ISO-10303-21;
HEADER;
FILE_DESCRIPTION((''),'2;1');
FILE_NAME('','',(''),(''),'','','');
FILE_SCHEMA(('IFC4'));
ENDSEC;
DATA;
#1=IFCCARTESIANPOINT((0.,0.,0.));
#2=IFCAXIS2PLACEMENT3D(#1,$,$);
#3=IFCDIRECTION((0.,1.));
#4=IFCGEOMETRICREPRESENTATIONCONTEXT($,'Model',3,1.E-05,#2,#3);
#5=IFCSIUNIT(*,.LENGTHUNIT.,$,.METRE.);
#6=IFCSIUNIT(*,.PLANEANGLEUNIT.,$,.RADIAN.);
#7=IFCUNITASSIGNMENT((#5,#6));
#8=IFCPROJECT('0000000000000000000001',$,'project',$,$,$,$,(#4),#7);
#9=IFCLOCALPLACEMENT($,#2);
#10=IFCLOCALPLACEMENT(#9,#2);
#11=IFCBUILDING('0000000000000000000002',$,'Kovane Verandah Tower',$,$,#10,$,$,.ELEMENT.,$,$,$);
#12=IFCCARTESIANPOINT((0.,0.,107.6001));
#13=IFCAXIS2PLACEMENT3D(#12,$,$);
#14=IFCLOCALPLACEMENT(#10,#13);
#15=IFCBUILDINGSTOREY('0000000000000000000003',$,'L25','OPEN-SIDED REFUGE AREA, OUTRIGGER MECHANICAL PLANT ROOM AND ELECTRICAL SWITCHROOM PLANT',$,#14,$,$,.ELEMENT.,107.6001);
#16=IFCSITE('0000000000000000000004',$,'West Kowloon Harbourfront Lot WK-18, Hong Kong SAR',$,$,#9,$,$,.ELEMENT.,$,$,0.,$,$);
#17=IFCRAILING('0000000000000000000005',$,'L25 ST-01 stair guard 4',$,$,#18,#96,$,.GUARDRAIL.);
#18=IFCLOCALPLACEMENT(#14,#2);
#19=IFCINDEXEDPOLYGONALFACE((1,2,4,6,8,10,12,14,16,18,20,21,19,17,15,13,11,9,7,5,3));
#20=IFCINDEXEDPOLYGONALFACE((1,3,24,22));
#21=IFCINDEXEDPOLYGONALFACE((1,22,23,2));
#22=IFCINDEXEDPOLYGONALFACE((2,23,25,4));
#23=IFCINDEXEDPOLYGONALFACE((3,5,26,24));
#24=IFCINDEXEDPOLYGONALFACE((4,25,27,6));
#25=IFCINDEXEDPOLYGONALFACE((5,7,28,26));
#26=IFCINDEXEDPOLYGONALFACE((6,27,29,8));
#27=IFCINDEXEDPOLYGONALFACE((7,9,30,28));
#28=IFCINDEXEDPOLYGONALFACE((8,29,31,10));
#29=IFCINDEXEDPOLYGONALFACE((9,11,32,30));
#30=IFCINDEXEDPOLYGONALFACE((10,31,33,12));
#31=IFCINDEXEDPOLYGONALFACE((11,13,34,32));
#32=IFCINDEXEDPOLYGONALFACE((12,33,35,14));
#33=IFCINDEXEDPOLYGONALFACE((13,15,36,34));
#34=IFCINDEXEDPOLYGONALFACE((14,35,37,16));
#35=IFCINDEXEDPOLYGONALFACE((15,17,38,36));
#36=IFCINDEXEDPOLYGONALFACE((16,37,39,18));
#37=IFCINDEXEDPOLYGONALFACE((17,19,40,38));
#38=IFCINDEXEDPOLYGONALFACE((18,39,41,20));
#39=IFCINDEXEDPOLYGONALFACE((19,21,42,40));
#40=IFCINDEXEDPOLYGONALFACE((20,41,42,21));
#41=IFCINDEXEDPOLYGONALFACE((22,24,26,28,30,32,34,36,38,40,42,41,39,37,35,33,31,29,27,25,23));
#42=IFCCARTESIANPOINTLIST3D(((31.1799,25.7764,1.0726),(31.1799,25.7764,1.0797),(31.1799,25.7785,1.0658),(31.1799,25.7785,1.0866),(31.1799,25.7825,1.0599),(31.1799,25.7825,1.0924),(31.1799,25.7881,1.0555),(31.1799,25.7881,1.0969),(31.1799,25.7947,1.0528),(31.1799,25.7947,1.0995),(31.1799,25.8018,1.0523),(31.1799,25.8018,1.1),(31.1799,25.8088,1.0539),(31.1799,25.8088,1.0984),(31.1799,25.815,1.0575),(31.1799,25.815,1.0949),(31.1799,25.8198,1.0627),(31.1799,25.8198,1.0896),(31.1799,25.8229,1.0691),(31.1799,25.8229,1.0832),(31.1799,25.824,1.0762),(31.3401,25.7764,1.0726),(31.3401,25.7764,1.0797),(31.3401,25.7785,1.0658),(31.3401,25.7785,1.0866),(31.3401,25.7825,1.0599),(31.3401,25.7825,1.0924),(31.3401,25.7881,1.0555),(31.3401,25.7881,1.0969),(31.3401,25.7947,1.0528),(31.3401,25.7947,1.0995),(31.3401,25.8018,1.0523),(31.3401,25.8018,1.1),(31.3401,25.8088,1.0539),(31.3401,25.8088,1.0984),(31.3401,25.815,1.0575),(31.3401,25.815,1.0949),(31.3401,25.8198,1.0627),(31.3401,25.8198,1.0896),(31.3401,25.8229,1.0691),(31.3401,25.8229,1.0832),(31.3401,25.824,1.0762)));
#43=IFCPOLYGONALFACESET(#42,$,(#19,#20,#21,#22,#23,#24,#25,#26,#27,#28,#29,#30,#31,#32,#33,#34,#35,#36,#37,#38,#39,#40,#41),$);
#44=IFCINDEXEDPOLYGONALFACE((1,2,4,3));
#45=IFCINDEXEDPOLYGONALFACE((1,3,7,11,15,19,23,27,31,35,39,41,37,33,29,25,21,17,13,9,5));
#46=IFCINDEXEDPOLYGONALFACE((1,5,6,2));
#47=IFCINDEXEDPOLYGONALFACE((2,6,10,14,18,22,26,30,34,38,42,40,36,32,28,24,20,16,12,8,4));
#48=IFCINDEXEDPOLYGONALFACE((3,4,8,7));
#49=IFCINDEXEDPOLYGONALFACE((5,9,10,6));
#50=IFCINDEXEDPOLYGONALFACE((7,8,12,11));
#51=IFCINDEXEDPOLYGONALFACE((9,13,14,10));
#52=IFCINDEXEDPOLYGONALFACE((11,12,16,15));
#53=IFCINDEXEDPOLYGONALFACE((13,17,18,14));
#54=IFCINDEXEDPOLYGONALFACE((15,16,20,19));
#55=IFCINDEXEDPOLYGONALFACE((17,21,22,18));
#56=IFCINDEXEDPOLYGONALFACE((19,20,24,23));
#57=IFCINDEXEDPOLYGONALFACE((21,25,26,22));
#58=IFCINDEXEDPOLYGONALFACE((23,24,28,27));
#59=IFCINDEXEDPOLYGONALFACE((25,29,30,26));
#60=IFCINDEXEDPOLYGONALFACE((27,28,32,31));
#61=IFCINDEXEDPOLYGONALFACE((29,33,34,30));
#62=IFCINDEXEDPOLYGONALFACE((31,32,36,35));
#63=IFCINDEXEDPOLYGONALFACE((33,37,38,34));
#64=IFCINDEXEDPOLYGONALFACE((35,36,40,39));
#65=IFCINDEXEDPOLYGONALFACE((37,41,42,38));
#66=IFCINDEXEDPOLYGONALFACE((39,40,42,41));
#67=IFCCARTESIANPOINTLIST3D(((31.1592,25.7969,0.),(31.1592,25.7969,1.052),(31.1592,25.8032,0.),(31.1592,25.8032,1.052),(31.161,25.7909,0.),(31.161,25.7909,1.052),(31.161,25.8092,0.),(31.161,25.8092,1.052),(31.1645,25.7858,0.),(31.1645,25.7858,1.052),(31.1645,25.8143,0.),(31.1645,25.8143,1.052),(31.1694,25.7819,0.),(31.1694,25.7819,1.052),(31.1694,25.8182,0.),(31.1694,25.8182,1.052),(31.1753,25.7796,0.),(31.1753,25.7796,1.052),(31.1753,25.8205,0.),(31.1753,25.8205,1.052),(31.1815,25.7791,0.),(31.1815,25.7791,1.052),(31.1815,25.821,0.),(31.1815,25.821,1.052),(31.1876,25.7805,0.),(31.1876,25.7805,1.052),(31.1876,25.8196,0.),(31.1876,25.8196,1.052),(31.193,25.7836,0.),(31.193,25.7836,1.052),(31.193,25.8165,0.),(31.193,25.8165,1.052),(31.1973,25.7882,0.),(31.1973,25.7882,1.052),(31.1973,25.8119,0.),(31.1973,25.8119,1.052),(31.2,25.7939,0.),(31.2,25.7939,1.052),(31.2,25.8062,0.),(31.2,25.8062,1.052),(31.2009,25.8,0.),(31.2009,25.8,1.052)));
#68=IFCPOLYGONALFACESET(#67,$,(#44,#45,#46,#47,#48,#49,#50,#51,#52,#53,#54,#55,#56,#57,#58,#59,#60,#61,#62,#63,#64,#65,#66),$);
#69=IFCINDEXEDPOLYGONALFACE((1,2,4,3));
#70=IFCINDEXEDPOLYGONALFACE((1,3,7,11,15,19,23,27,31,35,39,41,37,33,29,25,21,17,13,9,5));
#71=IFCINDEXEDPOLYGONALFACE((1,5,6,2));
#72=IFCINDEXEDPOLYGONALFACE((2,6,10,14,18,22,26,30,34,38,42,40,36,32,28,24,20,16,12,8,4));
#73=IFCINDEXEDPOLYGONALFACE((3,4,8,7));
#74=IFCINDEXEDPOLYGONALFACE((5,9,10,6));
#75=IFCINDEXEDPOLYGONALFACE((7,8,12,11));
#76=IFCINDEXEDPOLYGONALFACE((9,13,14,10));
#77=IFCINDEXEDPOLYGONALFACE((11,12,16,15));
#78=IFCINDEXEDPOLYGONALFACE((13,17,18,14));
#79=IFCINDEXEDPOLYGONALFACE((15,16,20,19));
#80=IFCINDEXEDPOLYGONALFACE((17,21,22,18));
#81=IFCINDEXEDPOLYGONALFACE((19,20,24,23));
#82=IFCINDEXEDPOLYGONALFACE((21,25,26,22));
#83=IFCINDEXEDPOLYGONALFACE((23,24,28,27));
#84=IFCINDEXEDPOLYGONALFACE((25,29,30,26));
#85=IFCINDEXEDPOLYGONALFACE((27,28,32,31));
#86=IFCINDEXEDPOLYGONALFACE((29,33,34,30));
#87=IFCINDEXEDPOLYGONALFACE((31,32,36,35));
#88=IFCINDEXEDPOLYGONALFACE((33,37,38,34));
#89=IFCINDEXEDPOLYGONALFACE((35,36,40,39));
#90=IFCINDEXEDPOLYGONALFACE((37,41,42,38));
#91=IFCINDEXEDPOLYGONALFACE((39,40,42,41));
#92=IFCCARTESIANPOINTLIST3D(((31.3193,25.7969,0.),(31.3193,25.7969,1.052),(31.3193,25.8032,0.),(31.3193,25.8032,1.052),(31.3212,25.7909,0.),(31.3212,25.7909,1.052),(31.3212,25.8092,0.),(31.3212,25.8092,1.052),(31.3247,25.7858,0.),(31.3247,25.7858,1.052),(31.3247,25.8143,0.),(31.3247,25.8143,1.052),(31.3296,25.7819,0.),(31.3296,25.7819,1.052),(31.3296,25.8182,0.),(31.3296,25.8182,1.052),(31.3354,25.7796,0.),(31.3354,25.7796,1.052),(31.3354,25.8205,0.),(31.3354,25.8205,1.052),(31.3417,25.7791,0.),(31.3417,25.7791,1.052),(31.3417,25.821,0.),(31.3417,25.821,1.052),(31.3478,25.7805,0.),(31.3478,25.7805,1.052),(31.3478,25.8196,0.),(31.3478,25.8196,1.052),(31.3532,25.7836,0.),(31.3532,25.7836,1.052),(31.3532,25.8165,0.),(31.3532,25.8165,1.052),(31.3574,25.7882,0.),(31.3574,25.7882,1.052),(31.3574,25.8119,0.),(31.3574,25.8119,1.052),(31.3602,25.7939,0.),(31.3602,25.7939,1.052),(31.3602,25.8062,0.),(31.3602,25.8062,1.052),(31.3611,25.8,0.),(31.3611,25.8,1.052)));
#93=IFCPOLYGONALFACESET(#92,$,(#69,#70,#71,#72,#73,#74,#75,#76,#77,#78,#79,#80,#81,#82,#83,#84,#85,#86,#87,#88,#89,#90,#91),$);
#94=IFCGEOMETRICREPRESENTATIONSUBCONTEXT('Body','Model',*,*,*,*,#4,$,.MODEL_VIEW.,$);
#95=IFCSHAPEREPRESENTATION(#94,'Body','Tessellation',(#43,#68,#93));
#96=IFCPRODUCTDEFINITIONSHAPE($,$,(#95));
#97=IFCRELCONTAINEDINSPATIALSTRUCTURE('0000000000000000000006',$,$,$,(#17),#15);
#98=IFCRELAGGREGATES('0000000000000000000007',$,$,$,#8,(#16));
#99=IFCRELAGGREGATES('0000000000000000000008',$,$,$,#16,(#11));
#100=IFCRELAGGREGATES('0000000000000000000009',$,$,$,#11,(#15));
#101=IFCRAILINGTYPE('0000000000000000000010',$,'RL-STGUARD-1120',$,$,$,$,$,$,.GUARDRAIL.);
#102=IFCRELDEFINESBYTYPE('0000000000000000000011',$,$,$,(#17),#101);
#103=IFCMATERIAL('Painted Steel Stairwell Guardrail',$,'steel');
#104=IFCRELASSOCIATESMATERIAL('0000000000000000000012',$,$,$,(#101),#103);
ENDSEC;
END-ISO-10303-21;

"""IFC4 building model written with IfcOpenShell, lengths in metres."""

from ifc_helpers import new_model, si_unit, direction, frame, origin, origin_2d, place, context, subcontext, project, spatial, circle, extrude, material, type_object, element, save


model = new_model("IFC4")

# Units and contexts
model_context = context("Model", 3, precision=1e-05, world=origin(), true_north=direction((0.0, 1.0)))
body_context = subcontext(model_context, "Body", "Model", "MODEL_VIEW")
ifc_project = project(units=[si_unit("LENGTHUNIT", "METRE"), si_unit("PLANEANGLEUNIT", "RADIAN")], contexts=[model_context])

# Site, building, storey
site_placement = place(None, origin())
site = spatial("IfcSite", under=ifc_project, at=site_placement, Name="West Kowloon Harbourfront Lot WK-18, Hong Kong SAR", CompositionType="ELEMENT", RefElevation=0.0)
building_placement = place(site_placement, origin())
building = spatial("IfcBuilding", under=site, at=building_placement, Name="Kovane Verandah Tower", CompositionType="ELEMENT")
storey_placement = place(building_placement, frame((0.0, 0.0, 107.6001)))
storey = spatial("IfcBuildingStorey", under=building, at=storey_placement, Name="L25", Description="OPEN-SIDED REFUGE AREA, OUTRIGGER MECHANICAL PLANT ROOM AND ELECTRICAL SWITCHROOM PLANT", CompositionType="ELEMENT", Elevation=107.6001)

# Railing
ifc_material_1 = material(Name="Painted Steel Stairwell Guardrail", Category="steel")
railing_type_1 = type_object("IfcRailingType", Name="RL-STGUARD-1120", PredefinedType="GUARDRAIL", material=ifc_material_1)
railing_1_placement = place(storey_placement, frame((31.1799, 25.8, 0.0)))
element("IfcRailing", 1, at=railing_1_placement, inside=storey, type_object=railing_type_1, Name="L25 ST-01 stair guard 4", PredefinedType="GUARDRAIL", context=body_context, shape_type="SweptSolid", body=[
    extrude(circle(Radius=0.0239, at=origin_2d()), frame((0.0, 0.0, 1.0762), z_axis=(1.0, 0.0, 0.0), x_axis=(0.0, 1.0, 0.0)), (0.0, 0.0, 1.0), 0.1602),
    extrude(circle(Radius=0.021, at=origin_2d()), origin(), (0.0, 0.0, 1.0), 1.052),
    extrude(circle(Radius=0.021, at=origin_2d()), frame((0.1602, 0.0, 0.0)), (0.0, 0.0, 1.0), 1.052),
])

save(model, "model.ifc")
